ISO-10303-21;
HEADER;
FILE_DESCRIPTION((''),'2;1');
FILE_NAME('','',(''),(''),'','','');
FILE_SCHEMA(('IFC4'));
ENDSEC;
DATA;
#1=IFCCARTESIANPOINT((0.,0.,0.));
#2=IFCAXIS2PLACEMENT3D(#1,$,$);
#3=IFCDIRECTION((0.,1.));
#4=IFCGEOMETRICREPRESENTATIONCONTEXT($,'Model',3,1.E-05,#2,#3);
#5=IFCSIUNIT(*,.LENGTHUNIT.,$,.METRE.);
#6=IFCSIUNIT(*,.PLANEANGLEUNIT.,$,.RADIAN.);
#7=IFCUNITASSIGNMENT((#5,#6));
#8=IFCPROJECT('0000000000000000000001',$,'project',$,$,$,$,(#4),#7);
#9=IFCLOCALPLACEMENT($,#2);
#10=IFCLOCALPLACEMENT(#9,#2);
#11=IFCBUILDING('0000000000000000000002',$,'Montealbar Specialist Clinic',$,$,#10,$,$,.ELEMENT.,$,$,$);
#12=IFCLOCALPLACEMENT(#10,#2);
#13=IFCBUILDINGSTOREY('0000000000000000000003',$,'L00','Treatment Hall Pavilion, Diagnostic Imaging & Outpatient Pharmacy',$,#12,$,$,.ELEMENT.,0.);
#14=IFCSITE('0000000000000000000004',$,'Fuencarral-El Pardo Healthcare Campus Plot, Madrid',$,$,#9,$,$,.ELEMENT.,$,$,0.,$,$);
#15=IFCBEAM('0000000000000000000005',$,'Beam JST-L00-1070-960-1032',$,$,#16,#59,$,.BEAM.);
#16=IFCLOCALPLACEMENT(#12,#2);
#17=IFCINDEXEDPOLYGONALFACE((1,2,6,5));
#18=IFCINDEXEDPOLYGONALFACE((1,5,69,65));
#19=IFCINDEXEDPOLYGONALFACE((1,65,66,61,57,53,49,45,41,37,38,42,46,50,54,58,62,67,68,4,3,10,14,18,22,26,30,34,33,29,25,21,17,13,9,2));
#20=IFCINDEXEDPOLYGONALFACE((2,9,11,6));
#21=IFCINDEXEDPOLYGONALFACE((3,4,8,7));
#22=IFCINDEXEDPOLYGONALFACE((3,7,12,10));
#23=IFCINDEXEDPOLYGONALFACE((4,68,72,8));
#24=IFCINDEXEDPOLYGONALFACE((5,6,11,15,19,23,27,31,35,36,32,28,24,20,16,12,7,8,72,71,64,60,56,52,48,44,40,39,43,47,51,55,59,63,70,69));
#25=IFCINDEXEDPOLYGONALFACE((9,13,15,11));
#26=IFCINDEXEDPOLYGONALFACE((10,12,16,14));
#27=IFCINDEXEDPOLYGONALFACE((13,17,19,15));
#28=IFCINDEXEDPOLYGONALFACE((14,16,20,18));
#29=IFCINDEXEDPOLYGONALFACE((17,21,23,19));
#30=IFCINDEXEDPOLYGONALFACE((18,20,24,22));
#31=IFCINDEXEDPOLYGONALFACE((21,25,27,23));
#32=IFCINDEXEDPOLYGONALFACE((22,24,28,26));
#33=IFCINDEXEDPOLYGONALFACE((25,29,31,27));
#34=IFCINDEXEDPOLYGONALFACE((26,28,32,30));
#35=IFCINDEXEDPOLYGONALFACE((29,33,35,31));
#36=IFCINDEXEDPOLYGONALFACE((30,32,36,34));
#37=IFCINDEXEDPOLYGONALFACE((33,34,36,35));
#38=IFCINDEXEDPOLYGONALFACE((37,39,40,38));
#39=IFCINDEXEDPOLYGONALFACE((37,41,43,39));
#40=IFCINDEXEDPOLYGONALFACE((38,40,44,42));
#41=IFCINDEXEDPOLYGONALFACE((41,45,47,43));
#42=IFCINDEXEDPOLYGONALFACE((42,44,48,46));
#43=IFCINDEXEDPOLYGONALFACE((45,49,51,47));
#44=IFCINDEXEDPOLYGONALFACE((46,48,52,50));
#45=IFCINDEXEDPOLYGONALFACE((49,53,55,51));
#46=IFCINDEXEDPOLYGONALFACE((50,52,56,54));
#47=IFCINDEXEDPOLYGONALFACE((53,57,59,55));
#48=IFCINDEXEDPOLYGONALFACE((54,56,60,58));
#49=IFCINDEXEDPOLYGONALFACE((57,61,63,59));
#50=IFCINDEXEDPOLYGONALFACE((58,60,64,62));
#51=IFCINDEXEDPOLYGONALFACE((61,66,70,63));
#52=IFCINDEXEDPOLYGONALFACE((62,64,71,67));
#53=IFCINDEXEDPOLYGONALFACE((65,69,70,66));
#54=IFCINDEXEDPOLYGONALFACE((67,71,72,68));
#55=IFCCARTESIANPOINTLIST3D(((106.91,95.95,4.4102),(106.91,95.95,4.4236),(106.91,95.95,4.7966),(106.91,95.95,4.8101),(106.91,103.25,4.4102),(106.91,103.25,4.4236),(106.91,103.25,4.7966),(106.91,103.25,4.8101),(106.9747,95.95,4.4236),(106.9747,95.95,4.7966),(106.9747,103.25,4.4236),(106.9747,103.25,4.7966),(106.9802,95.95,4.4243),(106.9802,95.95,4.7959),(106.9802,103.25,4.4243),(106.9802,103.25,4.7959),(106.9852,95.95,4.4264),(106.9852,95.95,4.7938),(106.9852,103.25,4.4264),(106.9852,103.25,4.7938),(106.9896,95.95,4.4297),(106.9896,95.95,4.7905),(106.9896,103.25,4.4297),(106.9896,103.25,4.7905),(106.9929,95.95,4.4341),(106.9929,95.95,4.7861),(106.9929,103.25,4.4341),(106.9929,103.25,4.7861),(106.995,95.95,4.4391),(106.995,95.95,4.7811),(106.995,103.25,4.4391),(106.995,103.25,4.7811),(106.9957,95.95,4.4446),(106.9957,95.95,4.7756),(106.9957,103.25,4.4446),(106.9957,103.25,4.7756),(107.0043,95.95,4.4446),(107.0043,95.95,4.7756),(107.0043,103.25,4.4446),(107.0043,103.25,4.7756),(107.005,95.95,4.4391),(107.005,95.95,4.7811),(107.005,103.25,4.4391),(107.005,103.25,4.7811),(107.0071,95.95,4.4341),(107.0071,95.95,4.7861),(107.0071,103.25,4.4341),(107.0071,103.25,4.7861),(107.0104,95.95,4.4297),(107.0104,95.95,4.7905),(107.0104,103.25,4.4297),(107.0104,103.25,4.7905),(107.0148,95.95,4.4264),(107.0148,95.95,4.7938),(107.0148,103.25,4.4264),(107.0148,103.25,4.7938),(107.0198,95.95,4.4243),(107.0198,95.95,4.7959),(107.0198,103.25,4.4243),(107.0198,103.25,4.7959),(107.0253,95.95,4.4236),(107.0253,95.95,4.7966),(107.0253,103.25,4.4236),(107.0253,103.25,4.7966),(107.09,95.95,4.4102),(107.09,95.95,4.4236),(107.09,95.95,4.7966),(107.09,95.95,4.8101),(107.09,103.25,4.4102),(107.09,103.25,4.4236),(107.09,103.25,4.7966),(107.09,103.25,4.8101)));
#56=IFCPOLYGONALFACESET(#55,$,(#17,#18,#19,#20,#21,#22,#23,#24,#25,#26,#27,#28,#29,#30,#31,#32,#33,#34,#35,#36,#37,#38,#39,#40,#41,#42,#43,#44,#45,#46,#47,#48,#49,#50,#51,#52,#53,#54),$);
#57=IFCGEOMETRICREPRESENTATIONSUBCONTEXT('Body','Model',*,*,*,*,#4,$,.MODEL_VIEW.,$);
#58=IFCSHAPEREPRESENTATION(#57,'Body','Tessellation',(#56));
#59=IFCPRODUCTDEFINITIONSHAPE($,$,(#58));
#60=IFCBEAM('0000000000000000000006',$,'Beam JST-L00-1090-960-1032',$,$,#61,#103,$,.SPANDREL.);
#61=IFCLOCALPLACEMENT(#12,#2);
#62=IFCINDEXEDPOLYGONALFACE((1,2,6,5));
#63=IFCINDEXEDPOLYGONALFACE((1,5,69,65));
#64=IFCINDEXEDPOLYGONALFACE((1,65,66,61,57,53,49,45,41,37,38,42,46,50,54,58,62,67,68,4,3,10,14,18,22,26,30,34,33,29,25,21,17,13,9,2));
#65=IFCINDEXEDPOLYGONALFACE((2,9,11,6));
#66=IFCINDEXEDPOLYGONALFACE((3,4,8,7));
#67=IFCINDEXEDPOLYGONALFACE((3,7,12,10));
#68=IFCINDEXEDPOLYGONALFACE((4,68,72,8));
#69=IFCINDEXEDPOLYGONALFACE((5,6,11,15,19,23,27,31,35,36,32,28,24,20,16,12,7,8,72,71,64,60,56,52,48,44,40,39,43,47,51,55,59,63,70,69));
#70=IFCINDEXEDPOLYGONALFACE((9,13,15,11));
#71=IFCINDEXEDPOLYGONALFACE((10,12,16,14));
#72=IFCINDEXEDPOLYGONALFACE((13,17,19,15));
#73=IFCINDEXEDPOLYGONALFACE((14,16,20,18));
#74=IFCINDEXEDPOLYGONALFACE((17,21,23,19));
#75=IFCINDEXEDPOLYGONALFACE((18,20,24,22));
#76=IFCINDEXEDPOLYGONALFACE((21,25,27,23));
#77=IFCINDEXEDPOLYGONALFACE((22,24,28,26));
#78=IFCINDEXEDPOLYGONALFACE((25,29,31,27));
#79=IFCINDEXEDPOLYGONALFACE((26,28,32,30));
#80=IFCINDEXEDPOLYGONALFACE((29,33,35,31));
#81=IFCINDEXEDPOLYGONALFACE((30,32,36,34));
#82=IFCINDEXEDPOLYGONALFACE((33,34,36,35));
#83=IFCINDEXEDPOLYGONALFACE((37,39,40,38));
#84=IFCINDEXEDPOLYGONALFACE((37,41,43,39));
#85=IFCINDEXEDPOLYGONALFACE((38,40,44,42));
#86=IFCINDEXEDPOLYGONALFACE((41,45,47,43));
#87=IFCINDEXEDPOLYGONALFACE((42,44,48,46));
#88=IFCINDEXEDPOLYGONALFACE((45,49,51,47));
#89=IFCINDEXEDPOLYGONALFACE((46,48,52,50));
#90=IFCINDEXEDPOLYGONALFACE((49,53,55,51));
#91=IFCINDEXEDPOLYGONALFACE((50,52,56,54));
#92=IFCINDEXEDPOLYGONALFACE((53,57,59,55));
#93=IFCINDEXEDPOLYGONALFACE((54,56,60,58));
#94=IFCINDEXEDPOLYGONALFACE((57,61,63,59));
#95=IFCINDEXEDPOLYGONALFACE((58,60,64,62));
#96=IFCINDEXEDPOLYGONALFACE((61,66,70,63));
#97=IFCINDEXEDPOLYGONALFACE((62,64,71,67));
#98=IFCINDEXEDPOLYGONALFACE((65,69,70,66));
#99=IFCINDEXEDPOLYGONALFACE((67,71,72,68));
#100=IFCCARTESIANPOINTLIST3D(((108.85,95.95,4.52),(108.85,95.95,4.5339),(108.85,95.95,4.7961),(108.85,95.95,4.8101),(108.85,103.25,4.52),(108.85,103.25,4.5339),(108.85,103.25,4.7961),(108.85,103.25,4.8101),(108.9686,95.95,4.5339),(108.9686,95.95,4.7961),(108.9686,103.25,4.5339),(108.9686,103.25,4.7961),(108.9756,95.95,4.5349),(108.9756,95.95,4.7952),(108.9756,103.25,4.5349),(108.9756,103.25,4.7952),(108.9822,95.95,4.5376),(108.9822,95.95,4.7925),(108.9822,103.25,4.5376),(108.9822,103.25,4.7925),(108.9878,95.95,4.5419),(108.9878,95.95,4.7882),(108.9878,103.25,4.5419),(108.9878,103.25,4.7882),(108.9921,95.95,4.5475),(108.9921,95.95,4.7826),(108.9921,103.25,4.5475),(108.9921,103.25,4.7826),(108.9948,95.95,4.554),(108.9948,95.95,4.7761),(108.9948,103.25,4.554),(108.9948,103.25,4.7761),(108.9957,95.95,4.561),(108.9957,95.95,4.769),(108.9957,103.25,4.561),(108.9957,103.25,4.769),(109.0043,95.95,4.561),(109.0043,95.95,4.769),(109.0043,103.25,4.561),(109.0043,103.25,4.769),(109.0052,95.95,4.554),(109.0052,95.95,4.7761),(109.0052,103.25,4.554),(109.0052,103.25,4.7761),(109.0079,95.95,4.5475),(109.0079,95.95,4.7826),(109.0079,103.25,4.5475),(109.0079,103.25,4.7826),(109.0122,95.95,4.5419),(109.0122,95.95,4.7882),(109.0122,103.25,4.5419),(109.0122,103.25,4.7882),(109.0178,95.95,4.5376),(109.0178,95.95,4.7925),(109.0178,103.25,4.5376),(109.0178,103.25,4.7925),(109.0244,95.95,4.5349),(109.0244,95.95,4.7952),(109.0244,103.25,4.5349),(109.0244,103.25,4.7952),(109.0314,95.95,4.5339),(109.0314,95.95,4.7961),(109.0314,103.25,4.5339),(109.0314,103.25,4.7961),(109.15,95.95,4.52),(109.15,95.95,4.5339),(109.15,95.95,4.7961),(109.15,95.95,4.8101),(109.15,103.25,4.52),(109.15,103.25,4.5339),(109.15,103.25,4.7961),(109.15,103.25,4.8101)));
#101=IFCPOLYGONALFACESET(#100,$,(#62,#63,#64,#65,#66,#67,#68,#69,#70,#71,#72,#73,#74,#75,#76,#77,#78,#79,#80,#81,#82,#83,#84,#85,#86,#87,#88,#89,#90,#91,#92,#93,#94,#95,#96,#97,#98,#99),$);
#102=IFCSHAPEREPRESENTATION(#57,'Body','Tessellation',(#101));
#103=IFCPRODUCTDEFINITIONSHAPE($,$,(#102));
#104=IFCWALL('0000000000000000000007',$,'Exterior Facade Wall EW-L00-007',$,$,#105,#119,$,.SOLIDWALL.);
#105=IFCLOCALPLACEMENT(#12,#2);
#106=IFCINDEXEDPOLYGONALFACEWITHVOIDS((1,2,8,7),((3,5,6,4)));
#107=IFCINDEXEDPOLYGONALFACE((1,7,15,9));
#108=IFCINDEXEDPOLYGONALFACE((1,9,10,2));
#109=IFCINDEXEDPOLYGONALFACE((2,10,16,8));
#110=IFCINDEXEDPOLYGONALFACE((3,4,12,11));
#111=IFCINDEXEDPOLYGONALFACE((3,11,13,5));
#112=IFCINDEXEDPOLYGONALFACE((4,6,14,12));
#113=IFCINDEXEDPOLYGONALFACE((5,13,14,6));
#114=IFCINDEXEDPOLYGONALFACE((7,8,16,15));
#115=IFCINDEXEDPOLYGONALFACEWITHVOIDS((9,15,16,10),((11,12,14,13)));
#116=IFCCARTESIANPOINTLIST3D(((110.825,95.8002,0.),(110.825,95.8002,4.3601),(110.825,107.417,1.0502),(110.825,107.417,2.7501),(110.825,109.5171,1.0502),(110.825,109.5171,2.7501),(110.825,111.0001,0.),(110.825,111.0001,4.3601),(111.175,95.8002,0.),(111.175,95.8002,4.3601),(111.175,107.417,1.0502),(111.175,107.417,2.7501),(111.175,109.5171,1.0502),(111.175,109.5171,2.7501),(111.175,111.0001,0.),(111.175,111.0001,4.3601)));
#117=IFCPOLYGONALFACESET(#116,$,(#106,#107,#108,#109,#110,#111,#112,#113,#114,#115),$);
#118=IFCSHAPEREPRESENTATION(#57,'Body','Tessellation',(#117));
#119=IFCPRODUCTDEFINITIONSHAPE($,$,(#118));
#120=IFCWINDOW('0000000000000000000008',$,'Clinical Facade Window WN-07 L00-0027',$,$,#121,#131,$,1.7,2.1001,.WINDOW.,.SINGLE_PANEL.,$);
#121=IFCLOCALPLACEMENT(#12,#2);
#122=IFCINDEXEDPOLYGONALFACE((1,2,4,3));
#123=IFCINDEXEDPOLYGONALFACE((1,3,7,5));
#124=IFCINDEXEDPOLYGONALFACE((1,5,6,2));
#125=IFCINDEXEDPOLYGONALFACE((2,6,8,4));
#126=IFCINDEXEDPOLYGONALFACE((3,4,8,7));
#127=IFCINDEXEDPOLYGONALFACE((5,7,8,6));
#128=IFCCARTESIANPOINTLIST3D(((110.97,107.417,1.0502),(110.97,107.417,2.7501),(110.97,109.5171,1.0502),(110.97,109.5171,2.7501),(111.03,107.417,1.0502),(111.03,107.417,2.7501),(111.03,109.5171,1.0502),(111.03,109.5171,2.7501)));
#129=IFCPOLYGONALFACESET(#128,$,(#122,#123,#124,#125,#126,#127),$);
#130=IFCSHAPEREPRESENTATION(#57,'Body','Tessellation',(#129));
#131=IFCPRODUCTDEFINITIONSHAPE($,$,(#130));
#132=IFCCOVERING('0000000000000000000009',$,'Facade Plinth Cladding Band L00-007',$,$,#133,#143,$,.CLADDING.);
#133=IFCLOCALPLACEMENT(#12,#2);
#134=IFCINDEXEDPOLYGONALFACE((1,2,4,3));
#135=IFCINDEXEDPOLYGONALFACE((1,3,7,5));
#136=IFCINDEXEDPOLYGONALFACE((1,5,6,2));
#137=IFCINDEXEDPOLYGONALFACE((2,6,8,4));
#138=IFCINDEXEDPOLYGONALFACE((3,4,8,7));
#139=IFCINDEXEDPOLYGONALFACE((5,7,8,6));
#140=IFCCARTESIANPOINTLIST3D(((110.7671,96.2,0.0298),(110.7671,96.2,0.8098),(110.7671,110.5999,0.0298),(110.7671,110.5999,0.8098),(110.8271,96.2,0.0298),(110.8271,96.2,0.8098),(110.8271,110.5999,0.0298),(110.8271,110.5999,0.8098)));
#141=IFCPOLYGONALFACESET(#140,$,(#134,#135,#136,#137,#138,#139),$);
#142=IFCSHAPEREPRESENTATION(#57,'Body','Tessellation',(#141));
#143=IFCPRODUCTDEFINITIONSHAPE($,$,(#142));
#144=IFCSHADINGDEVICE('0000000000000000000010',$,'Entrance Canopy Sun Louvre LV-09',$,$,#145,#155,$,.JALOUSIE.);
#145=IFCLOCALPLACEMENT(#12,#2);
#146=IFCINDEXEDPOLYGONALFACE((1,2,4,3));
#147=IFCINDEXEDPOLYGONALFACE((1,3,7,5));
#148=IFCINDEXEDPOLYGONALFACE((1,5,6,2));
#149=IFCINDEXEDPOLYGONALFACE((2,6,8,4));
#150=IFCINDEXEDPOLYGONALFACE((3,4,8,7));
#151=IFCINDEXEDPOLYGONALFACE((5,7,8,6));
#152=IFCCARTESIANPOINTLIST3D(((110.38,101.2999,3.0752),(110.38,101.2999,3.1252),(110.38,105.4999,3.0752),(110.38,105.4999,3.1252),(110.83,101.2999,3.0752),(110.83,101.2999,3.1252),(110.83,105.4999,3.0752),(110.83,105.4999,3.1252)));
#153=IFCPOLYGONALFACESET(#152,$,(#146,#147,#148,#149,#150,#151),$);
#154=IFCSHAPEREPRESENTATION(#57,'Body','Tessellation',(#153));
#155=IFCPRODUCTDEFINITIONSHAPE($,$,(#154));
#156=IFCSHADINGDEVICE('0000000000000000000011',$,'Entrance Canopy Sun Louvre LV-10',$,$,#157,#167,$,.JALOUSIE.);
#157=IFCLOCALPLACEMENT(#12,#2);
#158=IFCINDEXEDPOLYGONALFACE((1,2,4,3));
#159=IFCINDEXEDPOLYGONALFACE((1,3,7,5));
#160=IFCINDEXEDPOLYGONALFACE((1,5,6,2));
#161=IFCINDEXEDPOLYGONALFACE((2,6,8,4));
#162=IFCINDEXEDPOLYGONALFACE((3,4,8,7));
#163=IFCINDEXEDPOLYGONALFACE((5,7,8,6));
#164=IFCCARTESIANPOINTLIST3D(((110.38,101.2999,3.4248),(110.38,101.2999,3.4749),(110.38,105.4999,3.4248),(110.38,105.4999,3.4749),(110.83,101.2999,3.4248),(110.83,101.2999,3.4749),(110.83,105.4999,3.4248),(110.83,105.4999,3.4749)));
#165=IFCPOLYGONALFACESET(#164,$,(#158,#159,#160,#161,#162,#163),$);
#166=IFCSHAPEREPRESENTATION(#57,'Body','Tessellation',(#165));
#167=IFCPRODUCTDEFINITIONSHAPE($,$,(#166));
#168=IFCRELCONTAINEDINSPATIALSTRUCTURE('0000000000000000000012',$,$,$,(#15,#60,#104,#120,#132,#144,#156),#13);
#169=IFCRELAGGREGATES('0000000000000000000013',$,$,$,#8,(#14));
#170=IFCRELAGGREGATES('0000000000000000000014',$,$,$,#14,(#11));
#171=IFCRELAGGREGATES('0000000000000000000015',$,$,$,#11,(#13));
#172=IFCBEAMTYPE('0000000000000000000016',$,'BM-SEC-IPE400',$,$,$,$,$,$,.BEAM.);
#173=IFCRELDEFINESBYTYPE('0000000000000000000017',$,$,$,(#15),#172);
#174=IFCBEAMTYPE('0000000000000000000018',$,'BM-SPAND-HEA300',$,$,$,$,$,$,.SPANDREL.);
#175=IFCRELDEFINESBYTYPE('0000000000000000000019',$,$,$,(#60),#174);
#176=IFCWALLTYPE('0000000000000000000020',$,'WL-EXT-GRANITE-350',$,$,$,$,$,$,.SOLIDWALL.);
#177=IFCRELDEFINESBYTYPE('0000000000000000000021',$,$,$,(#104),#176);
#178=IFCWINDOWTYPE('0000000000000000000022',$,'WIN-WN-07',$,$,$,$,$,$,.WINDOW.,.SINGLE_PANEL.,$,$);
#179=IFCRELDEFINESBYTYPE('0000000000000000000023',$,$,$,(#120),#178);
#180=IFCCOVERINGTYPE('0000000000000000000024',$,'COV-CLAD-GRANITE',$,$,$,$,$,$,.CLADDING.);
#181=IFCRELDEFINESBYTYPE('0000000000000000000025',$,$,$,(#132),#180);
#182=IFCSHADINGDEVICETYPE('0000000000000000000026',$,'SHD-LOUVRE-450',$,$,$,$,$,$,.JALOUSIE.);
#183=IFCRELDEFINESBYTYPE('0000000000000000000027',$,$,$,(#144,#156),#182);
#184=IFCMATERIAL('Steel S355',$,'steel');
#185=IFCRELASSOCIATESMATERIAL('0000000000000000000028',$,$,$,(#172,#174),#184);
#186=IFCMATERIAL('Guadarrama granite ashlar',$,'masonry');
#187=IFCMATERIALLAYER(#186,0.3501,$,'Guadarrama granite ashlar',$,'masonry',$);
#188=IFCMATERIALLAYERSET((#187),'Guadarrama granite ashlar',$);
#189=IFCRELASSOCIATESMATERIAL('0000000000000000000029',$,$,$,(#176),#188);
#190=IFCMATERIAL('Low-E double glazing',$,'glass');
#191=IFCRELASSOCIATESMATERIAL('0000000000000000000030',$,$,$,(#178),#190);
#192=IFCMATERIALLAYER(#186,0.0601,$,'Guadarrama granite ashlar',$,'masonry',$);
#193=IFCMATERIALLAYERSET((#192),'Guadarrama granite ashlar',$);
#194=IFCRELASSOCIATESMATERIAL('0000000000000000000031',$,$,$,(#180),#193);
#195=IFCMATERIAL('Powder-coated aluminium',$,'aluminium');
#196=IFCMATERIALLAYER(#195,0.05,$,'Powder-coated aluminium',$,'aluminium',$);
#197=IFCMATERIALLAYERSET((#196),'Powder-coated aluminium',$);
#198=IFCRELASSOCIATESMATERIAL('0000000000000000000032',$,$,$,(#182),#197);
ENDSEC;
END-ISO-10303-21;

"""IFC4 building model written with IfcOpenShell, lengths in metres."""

from ifc_helpers import new_model, si_unit, direction, frame, frame_2d, origin, origin_2d, place, context, subcontext, project, spatial, rectangle, i_section, extrude, material, layer, layer_set, material_profile, profile_set, type_object, element, fill, save


model = new_model("IFC4")

# Units and contexts
model_context = context("Model", 3, precision=1e-05, world=origin(), true_north=direction((0.0, 1.0)))
body_context = subcontext(model_context, "Body", "Model", "MODEL_VIEW")
ifc_project = project(units=[si_unit("LENGTHUNIT", "METRE"), si_unit("PLANEANGLEUNIT", "RADIAN")], contexts=[model_context])

# Site, building, storey
site_placement = place(None, origin())
site = spatial("IfcSite", under=ifc_project, at=site_placement, Name="Fuencarral-El Pardo Healthcare Campus Plot, Madrid", CompositionType="ELEMENT", RefElevation=0.0)
building_placement = place(site_placement, origin())
building = spatial("IfcBuilding", under=site, at=building_placement, Name="Montealbar Specialist Clinic", CompositionType="ELEMENT")
storey_placement = place(building_placement, origin())
storey = spatial("IfcBuildingStorey", under=building, at=storey_placement, Name="L00", Description="Treatment Hall Pavilion, Diagnostic Imaging & Outpatient Pharmacy", CompositionType="ELEMENT", Elevation=0.0)

# Shared definitions
ifc_material_1 = material(Name="Steel S355", Category="steel")
ifc_material_2 = material(Name="Guadarrama granite ashlar", Category="masonry")

# Beams
ifc_material_profile_1 = material_profile(ifc_material_1, i_section(OverallWidth=0.1799, OverallDepth=0.3999, WebThickness=0.0085, FlangeThickness=0.0134, FilletRadius=0.021, at=origin_2d()), Name="IPE 400", Category="steel")
ifc_profile_set_1 = profile_set([ifc_material_profile_1], Name="Steel S355")
beam_type_1 = type_object("IfcBeamType", Name="BM-SEC-IPE400", PredefinedType="BEAM", material=ifc_profile_set_1)
beam_1_placement = place(storey_placement, frame((107.0, 95.95, 4.6101), z_axis=(0.0, 1.0, 0.0), x_axis=(-1.0, 0.0, 0.0)))
element("IfcBeam", 1, at=beam_1_placement, inside=storey, type_object=beam_type_1, Name="Beam JST-L00-1070-960-1032", PredefinedType="BEAM", context=body_context, shape_type="SweptSolid", body=[
    extrude(i_section(OverallWidth=0.1799, OverallDepth=0.3999, WebThickness=0.0085, FlangeThickness=0.0134, FilletRadius=0.021, at=origin_2d()), origin(), (0.0, 0.0, 1.0), 7.3),
])
ifc_material_profile_2 = material_profile(ifc_material_1, i_section(OverallWidth=0.3, OverallDepth=0.29, WebThickness=0.0085, FlangeThickness=0.0139, FilletRadius=0.0271, at=origin_2d()), Name="HEA 300", Category="steel")
ifc_profile_set_2 = profile_set([ifc_material_profile_2], Name="Steel S355")
beam_type_2 = type_object("IfcBeamType", Name="BM-SPAND-HEA300", PredefinedType="SPANDREL", material=ifc_profile_set_2)
beam_2_placement = place(storey_placement, frame((109.0, 95.95, 4.665), z_axis=(0.0, 1.0, 0.0), x_axis=(-1.0, 0.0, 0.0)))
element("IfcBeam", 2, at=beam_2_placement, inside=storey, type_object=beam_type_2, Name="Beam JST-L00-1090-960-1032", PredefinedType="SPANDREL", context=body_context, shape_type="SweptSolid", body=[
    extrude(i_section(OverallWidth=0.3, OverallDepth=0.29, WebThickness=0.0085, FlangeThickness=0.0139, FilletRadius=0.0271, at=origin_2d()), origin(), (0.0, 0.0, 1.0), 7.3),
])

# Wall, opening, window
ifc_layer_1 = layer(ifc_material_2, 0.3501, Name="Guadarrama granite ashlar", Category="masonry")
ifc_layer_set_1 = layer_set([ifc_layer_1], Name="Guadarrama granite ashlar")
wall_type = type_object("IfcWallType", Name="WL-EXT-GRANITE-350", PredefinedType="SOLIDWALL", material=ifc_layer_set_1)
wall_placement = place(storey_placement, frame((111.0, 95.8, 0.0), z_axis=(0.0, 0.0, 1.0), x_axis=(0.0, 1.0, 0.0)))
wall = element("IfcWall", 3, at=wall_placement, inside=storey, type_object=wall_type, Name="Exterior Facade Wall EW-L00-007", PredefinedType="SOLIDWALL", context=body_context, shape_type="SweptSolid", body=[
    extrude(rectangle(XDim=15.2, YDim=0.3501, at=frame_2d((7.6001, 0.0))), origin(), (0.0, 0.0, 1.0), 4.3601),
])
opening_placement = place(wall_placement, frame((11.6169, 0.0, 1.05)))
opening = element("IfcOpeningElement", 4, at=opening_placement, cuts=wall, PredefinedType="OPENING", context=body_context, shape_type="SweptSolid", body=[
    extrude(rectangle(XDim=2.1001, YDim=1.7, at=frame_2d((1.05, 0.8501))), frame((0.0, 0.1851, 0.0), z_axis=(0.0, -1.0, 0.0), x_axis=(1.0, 0.0, 0.0)), (0.0, 0.0, 1.0), 0.3701),
])
ifc_material_3 = material(Name="Low-E double glazing", Category="glass")
window_type = type_object("IfcWindowType", Name="WIN-WN-07", PartitioningType="SINGLE_PANEL", PredefinedType="WINDOW", material=ifc_material_3)
window_placement = place(opening_placement, origin())
window = element("IfcWindow", 5, at=window_placement, inside=storey, type_object=window_type, Name="Clinical Facade Window WN-07 L00-0027", OverallHeight=1.7, OverallWidth=2.1001, PartitioningType="SINGLE_PANEL", PredefinedType="WINDOW", context=body_context, shape_type="SweptSolid", body=[
    extrude(rectangle(XDim=2.1001, YDim=1.7, at=frame_2d((1.05, 0.8501))), frame((0.0, 0.03, 0.0), z_axis=(0.0, -1.0, 0.0), x_axis=(1.0, 0.0, 0.0)), (0.0, 0.0, 1.0), 0.0601),
])
fill(opening, window)

# Covering
ifc_layer_2 = layer(ifc_material_2, 0.0601, Name="Guadarrama granite ashlar", Category="masonry")
ifc_layer_set_2 = layer_set([ifc_layer_2], Name="Guadarrama granite ashlar")
covering_type = type_object("IfcCoveringType", Name="COV-CLAD-GRANITE", PredefinedType="CLADDING", material=ifc_layer_set_2)
covering_placement = place(storey_placement, frame((110.7971, 103.3999, 0.0298), z_axis=(0.0, 0.0, 1.0), x_axis=(0.0, 1.0, 0.0)))
element("IfcCovering", 6, at=covering_placement, inside=storey, type_object=covering_type, Name="Facade Plinth Cladding Band L00-007", PredefinedType="CLADDING", context=body_context, shape_type="SweptSolid", body=[
    extrude(rectangle(XDim=14.3999, YDim=0.0601, at=origin_2d()), origin(), (0.0, 0.0, 1.0), 0.78),
])

# Shading devices
ifc_material_4 = material(Name="Powder-coated aluminium", Category="aluminium")
ifc_layer_3 = layer(ifc_material_4, 0.05, Name="Powder-coated aluminium", Category="aluminium")
ifc_layer_set_3 = layer_set([ifc_layer_3], Name="Powder-coated aluminium")
shading_device_type = type_object("IfcShadingDeviceType", Name="SHD-LOUVRE-450", PredefinedType="JALOUSIE", material=ifc_layer_set_3)
for number, where, z_axis, x_axis, name in (
    (7, (110.605, 103.3999, 3.0752), (0.0, 0.0, 1.0), (0.0, 1.0, 0.0), "Entrance Canopy Sun Louvre LV-09"),
    (8, (110.605, 103.3999, 3.4248), (0.0, 0.0, 1.0), (0.0, 1.0, 0.0), "Entrance Canopy Sun Louvre LV-10"),
):
    element("IfcShadingDevice", number, at=place(storey_placement, frame(where, z_axis=z_axis, x_axis=x_axis)), inside=storey, type_object=shading_device_type, Name=name, PredefinedType="JALOUSIE", context=body_context, shape_type="SweptSolid", body=[
        extrude(rectangle(XDim=4.2, YDim=0.45, at=origin_2d()), origin(), (0.0, 0.0, 1.0), 0.05),
    ])

save(model, "model.ifc")
